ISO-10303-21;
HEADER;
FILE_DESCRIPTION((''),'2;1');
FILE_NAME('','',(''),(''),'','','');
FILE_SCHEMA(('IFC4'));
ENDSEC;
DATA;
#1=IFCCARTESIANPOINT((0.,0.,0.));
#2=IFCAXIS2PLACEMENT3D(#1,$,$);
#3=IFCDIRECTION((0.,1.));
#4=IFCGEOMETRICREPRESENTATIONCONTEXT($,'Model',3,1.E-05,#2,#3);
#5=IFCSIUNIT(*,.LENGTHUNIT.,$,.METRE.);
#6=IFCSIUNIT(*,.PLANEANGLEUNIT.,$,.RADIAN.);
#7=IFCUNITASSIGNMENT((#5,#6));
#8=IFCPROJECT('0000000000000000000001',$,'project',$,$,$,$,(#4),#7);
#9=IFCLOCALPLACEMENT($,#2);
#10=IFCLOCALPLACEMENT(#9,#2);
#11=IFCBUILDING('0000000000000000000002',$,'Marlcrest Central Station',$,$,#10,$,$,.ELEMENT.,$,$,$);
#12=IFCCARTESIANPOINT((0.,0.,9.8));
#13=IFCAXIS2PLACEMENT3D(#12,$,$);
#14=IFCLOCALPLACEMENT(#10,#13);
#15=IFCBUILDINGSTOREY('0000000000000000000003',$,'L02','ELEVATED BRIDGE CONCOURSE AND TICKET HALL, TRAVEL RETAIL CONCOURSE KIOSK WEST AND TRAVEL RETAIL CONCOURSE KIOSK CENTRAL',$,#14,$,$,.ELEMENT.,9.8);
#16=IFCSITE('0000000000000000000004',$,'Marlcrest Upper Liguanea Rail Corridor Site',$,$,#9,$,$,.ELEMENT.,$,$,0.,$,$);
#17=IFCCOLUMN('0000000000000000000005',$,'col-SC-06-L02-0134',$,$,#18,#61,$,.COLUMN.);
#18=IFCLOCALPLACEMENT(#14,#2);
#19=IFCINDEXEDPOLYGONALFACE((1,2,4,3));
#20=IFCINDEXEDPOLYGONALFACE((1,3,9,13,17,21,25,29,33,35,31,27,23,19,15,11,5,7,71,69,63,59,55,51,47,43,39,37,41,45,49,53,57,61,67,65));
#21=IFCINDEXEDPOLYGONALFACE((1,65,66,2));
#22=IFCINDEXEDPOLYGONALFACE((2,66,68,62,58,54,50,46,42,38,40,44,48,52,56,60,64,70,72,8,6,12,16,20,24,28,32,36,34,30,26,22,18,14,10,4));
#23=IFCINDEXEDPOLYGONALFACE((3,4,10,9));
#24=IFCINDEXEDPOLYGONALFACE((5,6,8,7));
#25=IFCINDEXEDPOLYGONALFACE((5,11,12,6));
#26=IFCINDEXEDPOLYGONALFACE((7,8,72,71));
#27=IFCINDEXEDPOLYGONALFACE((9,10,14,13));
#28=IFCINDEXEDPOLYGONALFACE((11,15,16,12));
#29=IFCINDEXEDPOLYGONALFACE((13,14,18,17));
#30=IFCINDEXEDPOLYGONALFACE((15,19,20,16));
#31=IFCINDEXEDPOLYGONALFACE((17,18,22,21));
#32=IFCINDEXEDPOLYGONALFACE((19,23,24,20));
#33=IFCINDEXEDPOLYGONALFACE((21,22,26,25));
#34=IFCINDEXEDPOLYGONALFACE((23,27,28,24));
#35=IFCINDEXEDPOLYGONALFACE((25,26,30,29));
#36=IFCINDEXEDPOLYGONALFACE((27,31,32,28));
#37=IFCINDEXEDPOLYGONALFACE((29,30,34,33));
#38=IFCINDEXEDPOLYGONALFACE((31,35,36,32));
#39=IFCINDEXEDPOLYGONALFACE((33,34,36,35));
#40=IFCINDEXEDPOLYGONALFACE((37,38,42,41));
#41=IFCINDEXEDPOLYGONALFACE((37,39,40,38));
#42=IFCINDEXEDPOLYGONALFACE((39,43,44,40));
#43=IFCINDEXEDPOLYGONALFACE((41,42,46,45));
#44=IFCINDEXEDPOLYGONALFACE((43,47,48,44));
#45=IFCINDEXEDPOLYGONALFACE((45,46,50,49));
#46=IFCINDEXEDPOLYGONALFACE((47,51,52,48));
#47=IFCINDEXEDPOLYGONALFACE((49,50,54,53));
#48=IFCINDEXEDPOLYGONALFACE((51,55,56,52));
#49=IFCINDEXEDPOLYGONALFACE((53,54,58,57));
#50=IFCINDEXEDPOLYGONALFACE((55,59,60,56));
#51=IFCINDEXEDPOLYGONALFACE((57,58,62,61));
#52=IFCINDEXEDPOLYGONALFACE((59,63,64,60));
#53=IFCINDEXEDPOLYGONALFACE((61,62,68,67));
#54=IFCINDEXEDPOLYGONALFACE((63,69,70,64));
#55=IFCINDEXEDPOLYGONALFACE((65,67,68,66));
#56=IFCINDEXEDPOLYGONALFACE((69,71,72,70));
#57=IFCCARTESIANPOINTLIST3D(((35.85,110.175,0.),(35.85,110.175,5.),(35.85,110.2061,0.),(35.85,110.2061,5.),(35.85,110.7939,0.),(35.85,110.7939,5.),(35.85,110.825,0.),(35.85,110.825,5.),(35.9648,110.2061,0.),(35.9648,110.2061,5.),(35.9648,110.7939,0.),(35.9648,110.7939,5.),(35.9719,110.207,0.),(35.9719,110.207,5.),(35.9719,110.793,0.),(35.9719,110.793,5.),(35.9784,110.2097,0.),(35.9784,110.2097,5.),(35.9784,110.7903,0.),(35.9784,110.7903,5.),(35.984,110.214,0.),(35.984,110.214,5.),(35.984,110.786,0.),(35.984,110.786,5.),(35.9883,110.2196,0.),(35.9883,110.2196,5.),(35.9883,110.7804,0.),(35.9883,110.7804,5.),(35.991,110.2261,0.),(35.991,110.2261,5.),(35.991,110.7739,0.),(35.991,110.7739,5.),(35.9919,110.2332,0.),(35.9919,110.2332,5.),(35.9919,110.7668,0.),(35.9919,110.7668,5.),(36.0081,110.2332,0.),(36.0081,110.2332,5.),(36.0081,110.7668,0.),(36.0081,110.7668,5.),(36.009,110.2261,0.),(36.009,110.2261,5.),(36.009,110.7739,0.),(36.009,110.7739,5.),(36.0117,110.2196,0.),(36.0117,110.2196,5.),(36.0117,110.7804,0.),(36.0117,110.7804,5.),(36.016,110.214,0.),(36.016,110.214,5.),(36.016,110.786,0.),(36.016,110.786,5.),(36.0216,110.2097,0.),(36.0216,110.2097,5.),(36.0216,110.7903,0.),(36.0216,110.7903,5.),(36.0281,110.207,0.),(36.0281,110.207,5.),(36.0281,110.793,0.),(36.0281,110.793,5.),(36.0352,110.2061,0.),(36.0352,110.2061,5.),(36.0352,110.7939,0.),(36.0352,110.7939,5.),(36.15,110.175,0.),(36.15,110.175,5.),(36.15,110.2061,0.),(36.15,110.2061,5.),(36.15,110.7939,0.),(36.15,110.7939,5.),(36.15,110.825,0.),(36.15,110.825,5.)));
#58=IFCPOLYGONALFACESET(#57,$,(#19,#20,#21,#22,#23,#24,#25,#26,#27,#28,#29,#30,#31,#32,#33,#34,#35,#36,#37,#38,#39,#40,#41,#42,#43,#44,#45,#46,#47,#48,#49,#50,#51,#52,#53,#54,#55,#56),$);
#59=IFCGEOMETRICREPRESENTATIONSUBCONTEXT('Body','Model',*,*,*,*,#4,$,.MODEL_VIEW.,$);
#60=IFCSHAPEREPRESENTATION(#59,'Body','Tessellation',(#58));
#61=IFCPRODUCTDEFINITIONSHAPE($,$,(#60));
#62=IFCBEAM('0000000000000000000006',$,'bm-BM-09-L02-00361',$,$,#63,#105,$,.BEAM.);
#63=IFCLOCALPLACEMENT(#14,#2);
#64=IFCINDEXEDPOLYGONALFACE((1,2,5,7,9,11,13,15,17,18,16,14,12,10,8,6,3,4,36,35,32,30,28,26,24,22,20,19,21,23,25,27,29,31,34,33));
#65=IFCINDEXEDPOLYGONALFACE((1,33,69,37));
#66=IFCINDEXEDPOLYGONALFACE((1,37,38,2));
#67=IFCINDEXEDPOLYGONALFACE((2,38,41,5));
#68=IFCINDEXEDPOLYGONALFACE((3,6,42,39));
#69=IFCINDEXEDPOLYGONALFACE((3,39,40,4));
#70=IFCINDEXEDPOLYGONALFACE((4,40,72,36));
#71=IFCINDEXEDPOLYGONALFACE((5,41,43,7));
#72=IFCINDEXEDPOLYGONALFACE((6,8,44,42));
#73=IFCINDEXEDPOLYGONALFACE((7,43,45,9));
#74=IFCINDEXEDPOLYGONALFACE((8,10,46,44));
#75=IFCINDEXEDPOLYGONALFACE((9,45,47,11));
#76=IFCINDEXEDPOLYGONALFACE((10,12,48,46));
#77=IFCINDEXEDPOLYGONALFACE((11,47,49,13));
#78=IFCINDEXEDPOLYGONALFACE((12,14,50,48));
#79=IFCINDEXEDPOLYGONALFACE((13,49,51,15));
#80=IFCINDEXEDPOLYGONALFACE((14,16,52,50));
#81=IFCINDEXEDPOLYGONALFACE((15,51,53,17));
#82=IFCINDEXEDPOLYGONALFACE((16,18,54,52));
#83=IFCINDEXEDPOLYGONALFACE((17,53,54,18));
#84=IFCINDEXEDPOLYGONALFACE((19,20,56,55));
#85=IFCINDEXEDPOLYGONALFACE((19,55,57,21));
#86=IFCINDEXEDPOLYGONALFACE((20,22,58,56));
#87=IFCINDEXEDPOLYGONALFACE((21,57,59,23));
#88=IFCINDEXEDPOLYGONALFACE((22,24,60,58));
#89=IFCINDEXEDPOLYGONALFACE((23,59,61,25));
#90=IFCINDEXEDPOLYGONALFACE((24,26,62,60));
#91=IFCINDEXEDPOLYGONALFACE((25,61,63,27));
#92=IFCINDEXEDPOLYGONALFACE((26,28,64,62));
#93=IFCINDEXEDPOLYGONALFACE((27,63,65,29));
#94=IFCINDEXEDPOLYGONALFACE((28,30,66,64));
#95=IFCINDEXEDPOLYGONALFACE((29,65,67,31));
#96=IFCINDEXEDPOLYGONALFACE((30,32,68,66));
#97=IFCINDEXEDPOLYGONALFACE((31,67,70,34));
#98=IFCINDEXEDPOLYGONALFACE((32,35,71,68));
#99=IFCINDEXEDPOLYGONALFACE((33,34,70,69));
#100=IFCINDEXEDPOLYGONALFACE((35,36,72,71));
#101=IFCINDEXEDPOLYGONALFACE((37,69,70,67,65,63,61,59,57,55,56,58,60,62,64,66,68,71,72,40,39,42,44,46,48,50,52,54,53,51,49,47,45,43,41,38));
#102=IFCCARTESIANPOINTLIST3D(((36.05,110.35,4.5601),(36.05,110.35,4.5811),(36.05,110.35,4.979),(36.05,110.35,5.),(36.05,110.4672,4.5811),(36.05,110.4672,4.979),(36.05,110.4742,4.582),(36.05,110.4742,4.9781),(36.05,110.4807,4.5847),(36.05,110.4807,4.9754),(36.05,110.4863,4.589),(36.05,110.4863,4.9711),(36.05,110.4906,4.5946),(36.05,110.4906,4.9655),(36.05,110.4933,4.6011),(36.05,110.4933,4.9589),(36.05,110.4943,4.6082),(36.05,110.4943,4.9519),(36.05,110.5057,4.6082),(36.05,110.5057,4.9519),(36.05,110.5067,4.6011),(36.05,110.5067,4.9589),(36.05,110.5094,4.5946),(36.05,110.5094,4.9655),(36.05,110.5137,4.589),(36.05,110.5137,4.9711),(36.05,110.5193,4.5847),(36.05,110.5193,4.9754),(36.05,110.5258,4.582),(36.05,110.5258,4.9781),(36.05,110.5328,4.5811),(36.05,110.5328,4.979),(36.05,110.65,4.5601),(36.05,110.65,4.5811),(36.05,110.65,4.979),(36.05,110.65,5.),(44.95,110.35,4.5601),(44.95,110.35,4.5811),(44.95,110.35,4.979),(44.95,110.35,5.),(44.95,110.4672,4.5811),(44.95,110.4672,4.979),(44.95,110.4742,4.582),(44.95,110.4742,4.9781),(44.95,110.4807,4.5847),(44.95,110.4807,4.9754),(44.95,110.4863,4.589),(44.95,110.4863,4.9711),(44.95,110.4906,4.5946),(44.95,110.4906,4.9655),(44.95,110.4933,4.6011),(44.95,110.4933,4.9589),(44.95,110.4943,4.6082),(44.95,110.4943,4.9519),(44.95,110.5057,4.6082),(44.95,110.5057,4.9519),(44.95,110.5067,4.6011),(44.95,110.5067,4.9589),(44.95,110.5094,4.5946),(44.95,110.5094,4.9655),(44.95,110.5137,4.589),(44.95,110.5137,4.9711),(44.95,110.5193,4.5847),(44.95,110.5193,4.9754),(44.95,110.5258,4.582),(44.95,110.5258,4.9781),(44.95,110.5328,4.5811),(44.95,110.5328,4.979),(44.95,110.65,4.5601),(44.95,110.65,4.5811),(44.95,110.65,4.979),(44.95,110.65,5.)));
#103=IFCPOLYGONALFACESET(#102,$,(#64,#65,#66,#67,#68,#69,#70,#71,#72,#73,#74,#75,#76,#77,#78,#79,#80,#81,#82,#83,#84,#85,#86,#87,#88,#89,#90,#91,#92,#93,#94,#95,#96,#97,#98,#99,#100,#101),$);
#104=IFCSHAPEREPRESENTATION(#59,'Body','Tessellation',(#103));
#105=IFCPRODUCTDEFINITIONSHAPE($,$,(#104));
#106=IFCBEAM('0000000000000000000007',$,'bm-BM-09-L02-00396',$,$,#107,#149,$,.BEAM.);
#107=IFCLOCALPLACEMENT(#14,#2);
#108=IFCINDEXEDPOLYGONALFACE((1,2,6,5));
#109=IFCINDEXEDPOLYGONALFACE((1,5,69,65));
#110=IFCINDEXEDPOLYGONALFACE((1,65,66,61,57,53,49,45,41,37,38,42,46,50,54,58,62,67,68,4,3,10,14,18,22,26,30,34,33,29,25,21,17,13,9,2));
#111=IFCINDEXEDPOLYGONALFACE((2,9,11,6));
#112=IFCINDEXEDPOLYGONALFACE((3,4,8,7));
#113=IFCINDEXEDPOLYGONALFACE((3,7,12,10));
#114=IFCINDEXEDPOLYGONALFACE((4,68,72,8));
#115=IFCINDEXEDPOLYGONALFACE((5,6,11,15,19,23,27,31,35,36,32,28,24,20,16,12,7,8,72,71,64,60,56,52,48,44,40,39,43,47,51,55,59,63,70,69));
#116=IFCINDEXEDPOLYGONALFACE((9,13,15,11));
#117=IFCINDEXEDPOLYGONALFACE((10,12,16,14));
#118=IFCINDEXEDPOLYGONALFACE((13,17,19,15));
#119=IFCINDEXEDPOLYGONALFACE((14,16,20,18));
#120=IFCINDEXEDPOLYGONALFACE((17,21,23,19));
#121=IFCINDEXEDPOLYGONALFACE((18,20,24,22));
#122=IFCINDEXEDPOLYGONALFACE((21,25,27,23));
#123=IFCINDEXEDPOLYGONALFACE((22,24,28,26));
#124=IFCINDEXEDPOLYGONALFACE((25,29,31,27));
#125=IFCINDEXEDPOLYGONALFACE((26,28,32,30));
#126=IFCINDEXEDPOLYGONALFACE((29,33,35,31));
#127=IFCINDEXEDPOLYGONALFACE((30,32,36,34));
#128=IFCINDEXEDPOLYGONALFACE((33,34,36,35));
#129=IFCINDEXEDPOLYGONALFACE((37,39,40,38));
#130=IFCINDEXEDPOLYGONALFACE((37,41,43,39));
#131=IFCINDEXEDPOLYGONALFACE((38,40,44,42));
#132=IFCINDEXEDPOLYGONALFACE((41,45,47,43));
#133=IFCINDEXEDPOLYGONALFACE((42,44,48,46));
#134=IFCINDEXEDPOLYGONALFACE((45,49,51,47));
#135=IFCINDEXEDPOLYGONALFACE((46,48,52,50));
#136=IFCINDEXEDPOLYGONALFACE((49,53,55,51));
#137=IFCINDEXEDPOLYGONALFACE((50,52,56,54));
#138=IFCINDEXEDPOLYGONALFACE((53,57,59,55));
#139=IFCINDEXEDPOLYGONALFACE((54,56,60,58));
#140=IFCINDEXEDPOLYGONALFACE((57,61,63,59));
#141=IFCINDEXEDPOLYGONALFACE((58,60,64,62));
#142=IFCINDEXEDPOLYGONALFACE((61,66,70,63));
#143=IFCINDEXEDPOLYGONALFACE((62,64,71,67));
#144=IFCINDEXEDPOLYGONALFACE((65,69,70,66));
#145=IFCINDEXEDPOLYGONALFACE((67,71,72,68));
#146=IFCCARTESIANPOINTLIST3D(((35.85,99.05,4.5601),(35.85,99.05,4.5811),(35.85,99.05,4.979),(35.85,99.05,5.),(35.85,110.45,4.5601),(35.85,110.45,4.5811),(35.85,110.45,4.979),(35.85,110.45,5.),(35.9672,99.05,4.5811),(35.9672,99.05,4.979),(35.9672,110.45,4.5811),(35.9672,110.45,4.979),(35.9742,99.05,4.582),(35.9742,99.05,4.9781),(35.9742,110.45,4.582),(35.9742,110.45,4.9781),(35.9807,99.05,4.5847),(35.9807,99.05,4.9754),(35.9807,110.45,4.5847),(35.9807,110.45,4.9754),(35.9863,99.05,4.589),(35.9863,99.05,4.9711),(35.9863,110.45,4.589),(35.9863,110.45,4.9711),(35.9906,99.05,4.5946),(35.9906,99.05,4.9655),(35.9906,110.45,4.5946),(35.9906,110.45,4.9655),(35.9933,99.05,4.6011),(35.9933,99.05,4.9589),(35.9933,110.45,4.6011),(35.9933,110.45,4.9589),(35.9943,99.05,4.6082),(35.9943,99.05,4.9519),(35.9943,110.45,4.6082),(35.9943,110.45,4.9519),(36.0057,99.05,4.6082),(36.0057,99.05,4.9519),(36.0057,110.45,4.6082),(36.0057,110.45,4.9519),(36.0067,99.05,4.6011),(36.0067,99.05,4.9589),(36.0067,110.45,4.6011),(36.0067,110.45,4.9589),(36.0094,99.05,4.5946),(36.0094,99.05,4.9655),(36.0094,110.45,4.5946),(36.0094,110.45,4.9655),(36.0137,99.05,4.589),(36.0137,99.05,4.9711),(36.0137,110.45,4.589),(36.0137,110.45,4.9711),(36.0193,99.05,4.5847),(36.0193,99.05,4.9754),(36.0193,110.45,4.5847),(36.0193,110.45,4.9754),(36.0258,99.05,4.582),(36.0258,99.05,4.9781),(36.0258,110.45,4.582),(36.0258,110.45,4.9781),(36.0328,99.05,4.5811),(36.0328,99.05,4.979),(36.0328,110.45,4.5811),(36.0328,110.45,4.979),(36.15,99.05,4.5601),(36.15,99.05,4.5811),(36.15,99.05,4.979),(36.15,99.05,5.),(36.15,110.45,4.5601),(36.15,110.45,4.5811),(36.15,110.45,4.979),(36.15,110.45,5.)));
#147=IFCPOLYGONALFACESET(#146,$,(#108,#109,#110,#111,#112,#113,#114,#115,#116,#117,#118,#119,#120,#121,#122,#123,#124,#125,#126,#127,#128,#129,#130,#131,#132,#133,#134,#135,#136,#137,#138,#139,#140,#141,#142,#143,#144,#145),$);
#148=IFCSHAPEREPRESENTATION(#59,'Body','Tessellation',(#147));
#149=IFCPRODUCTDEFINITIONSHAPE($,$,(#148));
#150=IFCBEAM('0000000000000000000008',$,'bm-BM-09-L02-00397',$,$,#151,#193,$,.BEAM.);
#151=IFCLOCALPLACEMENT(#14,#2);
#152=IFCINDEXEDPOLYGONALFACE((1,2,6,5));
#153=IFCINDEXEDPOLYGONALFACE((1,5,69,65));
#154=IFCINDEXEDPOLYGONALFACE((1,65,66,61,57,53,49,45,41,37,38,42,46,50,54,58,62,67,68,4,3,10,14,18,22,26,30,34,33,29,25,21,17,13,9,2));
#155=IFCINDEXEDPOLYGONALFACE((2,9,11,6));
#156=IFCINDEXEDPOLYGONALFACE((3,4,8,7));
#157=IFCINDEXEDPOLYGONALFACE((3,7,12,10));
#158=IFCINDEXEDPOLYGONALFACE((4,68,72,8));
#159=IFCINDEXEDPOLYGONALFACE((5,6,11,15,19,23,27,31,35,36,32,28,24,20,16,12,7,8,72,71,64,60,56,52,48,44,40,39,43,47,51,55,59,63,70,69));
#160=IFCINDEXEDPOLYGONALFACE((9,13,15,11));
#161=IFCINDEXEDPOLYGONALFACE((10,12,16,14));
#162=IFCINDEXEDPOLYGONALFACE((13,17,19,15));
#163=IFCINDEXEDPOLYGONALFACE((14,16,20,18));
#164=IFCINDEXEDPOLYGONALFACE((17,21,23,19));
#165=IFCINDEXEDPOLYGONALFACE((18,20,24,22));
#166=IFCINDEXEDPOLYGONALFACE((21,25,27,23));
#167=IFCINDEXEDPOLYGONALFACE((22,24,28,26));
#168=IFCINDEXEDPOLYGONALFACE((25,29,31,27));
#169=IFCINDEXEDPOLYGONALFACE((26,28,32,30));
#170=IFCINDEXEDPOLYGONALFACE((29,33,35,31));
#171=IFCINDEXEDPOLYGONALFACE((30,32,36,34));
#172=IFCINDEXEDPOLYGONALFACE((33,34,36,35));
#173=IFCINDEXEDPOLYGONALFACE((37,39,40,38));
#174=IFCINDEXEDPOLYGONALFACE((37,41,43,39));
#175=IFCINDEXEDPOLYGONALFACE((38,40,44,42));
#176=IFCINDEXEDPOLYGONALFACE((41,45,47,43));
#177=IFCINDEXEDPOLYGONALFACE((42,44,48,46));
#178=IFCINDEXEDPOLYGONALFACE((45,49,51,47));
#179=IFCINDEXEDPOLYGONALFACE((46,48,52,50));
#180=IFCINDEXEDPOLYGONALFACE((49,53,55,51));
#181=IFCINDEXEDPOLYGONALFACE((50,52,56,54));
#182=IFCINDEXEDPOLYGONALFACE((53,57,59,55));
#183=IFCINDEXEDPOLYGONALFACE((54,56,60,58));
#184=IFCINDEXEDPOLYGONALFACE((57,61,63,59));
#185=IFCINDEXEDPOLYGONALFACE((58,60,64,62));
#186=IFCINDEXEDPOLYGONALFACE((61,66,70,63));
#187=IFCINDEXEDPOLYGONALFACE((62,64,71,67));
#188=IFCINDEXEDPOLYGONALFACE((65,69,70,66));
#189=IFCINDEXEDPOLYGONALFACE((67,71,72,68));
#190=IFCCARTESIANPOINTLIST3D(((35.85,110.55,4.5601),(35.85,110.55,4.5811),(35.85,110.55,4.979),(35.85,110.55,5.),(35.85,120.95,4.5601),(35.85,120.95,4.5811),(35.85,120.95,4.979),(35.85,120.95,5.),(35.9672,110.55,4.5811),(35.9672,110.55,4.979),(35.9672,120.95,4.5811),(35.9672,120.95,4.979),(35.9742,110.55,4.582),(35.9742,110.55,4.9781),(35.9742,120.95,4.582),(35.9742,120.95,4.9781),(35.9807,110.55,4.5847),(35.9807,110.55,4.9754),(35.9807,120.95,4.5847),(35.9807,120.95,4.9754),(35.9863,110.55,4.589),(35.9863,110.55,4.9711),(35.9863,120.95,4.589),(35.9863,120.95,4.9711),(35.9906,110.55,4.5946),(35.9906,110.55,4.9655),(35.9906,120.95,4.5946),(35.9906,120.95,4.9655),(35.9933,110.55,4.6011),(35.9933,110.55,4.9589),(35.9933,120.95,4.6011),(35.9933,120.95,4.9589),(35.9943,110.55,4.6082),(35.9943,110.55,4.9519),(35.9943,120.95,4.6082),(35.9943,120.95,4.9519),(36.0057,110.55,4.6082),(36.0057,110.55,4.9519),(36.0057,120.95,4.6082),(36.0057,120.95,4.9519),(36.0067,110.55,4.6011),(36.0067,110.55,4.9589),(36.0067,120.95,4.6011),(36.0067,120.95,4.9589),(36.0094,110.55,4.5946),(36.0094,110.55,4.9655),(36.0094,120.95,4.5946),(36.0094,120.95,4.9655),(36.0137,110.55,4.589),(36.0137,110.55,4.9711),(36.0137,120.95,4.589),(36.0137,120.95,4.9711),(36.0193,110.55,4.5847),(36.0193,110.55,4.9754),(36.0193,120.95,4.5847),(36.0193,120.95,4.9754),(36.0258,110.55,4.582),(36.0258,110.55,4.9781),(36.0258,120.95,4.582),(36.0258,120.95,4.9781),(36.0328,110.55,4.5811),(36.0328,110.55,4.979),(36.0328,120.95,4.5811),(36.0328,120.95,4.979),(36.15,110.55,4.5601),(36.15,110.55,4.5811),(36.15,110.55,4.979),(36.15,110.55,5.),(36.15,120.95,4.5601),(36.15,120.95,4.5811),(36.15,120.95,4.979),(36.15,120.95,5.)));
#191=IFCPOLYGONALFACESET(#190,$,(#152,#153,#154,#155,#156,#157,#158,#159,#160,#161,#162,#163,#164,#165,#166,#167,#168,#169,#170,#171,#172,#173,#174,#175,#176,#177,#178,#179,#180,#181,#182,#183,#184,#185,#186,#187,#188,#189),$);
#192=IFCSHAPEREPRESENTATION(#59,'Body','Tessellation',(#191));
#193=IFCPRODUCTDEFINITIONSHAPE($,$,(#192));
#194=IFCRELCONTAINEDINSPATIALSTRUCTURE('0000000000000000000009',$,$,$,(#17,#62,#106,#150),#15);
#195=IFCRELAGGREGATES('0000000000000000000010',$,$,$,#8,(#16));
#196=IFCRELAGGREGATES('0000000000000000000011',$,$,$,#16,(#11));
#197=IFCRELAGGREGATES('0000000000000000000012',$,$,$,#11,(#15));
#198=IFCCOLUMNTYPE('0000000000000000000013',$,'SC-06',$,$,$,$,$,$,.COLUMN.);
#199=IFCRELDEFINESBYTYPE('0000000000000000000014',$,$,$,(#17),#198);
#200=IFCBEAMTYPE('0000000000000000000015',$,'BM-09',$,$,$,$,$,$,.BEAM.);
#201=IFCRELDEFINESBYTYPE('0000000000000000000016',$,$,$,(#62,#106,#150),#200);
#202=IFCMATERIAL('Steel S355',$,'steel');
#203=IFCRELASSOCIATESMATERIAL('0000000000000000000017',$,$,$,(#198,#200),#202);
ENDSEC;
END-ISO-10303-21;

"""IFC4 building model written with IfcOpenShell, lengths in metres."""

from ifc_helpers import new_model, si_unit, direction, frame, origin, origin_2d, place, context, subcontext, project, spatial, i_section, extrude, material, material_profile, profile_set, type_object, element, save


model = new_model("IFC4")

# Units and contexts
model_context = context("Model", 3, precision=1e-05, world=origin(), true_north=direction((0.0, 1.0)))
body_context = subcontext(model_context, "Body", "Model", "MODEL_VIEW")
ifc_project = project(units=[si_unit("LENGTHUNIT", "METRE"), si_unit("PLANEANGLEUNIT", "RADIAN")], contexts=[model_context])

# Site, building, storey
site_placement = place(None, origin())
site = spatial("IfcSite", under=ifc_project, at=site_placement, Name="Marlcrest Upper Liguanea Rail Corridor Site", CompositionType="ELEMENT", RefElevation=0.0)
building_placement = place(site_placement, origin())
building = spatial("IfcBuilding", under=site, at=building_placement, Name="Marlcrest Central Station", CompositionType="ELEMENT")
storey_placement = place(building_placement, frame((0.0, 0.0, 9.8)))
storey = spatial("IfcBuildingStorey", under=building, at=storey_placement, Name="L02", Description="ELEVATED BRIDGE CONCOURSE AND TICKET HALL, TRAVEL RETAIL CONCOURSE KIOSK WEST AND TRAVEL RETAIL CONCOURSE KIOSK CENTRAL", CompositionType="ELEMENT", Elevation=9.8)

# Column
ifc_material_1 = material(Name="Steel S355", Category="steel")
ifc_material_profile_1 = material_profile(ifc_material_1, i_section(OverallWidth=0.3, OverallDepth=0.6499, WebThickness=0.0161, FlangeThickness=0.031, FilletRadius=0.0271, at=origin_2d()), Name="HEB 650")
ifc_profile_set_1 = profile_set([ifc_material_profile_1], Name="Steel S355")
column_type = type_object("IfcColumnType", Name="SC-06", PredefinedType="COLUMN", material=ifc_profile_set_1)
column_placement = place(storey_placement, frame((36.0, 110.5, 0.0), z_axis=(0.0, 0.0, 1.0), x_axis=(1.0, 0.0, 0.0)))
element("IfcColumn", 1, at=column_placement, inside=storey, type_object=column_type, Name="col-SC-06-L02-0134", PredefinedType="COLUMN", context=body_context, shape_type="SweptSolid", body=[
    extrude(i_section(OverallWidth=0.3, OverallDepth=0.6499, WebThickness=0.0161, FlangeThickness=0.031, FilletRadius=0.0271, at=origin_2d()), origin(), (0.0, 0.0, 1.0), 5.0),
])

# Beams
ifc_material_profile_2 = material_profile(ifc_material_1, i_section(OverallWidth=0.3, OverallDepth=0.4399, WebThickness=0.0115, FlangeThickness=0.021, FilletRadius=0.0271, at=origin_2d()), Name="HEA 450")
ifc_profile_set_2 = profile_set([ifc_material_profile_2], Name="Steel S355")
beam_type_1 = type_object("IfcBeamType", Name="BM-09", PredefinedType="BEAM", material=ifc_profile_set_2)
beam_1_placement = place(storey_placement, frame((36.05, 110.5, 4.78), z_axis=(1.0, 0.0, 0.0), x_axis=(0.0, 1.0, 0.0)))
element("IfcBeam", 2, at=beam_1_placement, inside=storey, type_object=beam_type_1, Name="bm-BM-09-L02-00361", PredefinedType="BEAM", context=body_context, shape_type="SweptSolid", body=[
    extrude(i_section(OverallWidth=0.3, OverallDepth=0.4399, WebThickness=0.0115, FlangeThickness=0.021, FilletRadius=0.0271, at=origin_2d()), origin(), (0.0, 0.0, 1.0), 8.8999),
])
beam_2_placement = place(storey_placement, frame((36.0, 99.05, 4.78), z_axis=(0.0, 1.0, 0.0), x_axis=(-1.0, 0.0, 0.0)))
element("IfcBeam", 3, at=beam_2_placement, inside=storey, type_object=beam_type_1, Name="bm-BM-09-L02-00396", PredefinedType="BEAM", context=body_context, shape_type="SweptSolid", body=[
    extrude(i_section(OverallWidth=0.3, OverallDepth=0.4399, WebThickness=0.0115, FlangeThickness=0.021, FilletRadius=0.0271, at=origin_2d()), origin(), (0.0, 0.0, 1.0), 11.3999),
])
beam_3_placement = place(storey_placement, frame((36.0, 110.55, 4.78), z_axis=(0.0, 1.0, 0.0), x_axis=(-1.0, 0.0, 0.0)))
element("IfcBeam", 4, at=beam_3_placement, inside=storey, type_object=beam_type_1, Name="bm-BM-09-L02-00397", PredefinedType="BEAM", context=body_context, shape_type="SweptSolid", body=[
    extrude(i_section(OverallWidth=0.3, OverallDepth=0.4399, WebThickness=0.0115, FlangeThickness=0.021, FilletRadius=0.0271, at=origin_2d()), origin(), (0.0, 0.0, 1.0), 10.3999),
])

save(model, "model.ifc")
